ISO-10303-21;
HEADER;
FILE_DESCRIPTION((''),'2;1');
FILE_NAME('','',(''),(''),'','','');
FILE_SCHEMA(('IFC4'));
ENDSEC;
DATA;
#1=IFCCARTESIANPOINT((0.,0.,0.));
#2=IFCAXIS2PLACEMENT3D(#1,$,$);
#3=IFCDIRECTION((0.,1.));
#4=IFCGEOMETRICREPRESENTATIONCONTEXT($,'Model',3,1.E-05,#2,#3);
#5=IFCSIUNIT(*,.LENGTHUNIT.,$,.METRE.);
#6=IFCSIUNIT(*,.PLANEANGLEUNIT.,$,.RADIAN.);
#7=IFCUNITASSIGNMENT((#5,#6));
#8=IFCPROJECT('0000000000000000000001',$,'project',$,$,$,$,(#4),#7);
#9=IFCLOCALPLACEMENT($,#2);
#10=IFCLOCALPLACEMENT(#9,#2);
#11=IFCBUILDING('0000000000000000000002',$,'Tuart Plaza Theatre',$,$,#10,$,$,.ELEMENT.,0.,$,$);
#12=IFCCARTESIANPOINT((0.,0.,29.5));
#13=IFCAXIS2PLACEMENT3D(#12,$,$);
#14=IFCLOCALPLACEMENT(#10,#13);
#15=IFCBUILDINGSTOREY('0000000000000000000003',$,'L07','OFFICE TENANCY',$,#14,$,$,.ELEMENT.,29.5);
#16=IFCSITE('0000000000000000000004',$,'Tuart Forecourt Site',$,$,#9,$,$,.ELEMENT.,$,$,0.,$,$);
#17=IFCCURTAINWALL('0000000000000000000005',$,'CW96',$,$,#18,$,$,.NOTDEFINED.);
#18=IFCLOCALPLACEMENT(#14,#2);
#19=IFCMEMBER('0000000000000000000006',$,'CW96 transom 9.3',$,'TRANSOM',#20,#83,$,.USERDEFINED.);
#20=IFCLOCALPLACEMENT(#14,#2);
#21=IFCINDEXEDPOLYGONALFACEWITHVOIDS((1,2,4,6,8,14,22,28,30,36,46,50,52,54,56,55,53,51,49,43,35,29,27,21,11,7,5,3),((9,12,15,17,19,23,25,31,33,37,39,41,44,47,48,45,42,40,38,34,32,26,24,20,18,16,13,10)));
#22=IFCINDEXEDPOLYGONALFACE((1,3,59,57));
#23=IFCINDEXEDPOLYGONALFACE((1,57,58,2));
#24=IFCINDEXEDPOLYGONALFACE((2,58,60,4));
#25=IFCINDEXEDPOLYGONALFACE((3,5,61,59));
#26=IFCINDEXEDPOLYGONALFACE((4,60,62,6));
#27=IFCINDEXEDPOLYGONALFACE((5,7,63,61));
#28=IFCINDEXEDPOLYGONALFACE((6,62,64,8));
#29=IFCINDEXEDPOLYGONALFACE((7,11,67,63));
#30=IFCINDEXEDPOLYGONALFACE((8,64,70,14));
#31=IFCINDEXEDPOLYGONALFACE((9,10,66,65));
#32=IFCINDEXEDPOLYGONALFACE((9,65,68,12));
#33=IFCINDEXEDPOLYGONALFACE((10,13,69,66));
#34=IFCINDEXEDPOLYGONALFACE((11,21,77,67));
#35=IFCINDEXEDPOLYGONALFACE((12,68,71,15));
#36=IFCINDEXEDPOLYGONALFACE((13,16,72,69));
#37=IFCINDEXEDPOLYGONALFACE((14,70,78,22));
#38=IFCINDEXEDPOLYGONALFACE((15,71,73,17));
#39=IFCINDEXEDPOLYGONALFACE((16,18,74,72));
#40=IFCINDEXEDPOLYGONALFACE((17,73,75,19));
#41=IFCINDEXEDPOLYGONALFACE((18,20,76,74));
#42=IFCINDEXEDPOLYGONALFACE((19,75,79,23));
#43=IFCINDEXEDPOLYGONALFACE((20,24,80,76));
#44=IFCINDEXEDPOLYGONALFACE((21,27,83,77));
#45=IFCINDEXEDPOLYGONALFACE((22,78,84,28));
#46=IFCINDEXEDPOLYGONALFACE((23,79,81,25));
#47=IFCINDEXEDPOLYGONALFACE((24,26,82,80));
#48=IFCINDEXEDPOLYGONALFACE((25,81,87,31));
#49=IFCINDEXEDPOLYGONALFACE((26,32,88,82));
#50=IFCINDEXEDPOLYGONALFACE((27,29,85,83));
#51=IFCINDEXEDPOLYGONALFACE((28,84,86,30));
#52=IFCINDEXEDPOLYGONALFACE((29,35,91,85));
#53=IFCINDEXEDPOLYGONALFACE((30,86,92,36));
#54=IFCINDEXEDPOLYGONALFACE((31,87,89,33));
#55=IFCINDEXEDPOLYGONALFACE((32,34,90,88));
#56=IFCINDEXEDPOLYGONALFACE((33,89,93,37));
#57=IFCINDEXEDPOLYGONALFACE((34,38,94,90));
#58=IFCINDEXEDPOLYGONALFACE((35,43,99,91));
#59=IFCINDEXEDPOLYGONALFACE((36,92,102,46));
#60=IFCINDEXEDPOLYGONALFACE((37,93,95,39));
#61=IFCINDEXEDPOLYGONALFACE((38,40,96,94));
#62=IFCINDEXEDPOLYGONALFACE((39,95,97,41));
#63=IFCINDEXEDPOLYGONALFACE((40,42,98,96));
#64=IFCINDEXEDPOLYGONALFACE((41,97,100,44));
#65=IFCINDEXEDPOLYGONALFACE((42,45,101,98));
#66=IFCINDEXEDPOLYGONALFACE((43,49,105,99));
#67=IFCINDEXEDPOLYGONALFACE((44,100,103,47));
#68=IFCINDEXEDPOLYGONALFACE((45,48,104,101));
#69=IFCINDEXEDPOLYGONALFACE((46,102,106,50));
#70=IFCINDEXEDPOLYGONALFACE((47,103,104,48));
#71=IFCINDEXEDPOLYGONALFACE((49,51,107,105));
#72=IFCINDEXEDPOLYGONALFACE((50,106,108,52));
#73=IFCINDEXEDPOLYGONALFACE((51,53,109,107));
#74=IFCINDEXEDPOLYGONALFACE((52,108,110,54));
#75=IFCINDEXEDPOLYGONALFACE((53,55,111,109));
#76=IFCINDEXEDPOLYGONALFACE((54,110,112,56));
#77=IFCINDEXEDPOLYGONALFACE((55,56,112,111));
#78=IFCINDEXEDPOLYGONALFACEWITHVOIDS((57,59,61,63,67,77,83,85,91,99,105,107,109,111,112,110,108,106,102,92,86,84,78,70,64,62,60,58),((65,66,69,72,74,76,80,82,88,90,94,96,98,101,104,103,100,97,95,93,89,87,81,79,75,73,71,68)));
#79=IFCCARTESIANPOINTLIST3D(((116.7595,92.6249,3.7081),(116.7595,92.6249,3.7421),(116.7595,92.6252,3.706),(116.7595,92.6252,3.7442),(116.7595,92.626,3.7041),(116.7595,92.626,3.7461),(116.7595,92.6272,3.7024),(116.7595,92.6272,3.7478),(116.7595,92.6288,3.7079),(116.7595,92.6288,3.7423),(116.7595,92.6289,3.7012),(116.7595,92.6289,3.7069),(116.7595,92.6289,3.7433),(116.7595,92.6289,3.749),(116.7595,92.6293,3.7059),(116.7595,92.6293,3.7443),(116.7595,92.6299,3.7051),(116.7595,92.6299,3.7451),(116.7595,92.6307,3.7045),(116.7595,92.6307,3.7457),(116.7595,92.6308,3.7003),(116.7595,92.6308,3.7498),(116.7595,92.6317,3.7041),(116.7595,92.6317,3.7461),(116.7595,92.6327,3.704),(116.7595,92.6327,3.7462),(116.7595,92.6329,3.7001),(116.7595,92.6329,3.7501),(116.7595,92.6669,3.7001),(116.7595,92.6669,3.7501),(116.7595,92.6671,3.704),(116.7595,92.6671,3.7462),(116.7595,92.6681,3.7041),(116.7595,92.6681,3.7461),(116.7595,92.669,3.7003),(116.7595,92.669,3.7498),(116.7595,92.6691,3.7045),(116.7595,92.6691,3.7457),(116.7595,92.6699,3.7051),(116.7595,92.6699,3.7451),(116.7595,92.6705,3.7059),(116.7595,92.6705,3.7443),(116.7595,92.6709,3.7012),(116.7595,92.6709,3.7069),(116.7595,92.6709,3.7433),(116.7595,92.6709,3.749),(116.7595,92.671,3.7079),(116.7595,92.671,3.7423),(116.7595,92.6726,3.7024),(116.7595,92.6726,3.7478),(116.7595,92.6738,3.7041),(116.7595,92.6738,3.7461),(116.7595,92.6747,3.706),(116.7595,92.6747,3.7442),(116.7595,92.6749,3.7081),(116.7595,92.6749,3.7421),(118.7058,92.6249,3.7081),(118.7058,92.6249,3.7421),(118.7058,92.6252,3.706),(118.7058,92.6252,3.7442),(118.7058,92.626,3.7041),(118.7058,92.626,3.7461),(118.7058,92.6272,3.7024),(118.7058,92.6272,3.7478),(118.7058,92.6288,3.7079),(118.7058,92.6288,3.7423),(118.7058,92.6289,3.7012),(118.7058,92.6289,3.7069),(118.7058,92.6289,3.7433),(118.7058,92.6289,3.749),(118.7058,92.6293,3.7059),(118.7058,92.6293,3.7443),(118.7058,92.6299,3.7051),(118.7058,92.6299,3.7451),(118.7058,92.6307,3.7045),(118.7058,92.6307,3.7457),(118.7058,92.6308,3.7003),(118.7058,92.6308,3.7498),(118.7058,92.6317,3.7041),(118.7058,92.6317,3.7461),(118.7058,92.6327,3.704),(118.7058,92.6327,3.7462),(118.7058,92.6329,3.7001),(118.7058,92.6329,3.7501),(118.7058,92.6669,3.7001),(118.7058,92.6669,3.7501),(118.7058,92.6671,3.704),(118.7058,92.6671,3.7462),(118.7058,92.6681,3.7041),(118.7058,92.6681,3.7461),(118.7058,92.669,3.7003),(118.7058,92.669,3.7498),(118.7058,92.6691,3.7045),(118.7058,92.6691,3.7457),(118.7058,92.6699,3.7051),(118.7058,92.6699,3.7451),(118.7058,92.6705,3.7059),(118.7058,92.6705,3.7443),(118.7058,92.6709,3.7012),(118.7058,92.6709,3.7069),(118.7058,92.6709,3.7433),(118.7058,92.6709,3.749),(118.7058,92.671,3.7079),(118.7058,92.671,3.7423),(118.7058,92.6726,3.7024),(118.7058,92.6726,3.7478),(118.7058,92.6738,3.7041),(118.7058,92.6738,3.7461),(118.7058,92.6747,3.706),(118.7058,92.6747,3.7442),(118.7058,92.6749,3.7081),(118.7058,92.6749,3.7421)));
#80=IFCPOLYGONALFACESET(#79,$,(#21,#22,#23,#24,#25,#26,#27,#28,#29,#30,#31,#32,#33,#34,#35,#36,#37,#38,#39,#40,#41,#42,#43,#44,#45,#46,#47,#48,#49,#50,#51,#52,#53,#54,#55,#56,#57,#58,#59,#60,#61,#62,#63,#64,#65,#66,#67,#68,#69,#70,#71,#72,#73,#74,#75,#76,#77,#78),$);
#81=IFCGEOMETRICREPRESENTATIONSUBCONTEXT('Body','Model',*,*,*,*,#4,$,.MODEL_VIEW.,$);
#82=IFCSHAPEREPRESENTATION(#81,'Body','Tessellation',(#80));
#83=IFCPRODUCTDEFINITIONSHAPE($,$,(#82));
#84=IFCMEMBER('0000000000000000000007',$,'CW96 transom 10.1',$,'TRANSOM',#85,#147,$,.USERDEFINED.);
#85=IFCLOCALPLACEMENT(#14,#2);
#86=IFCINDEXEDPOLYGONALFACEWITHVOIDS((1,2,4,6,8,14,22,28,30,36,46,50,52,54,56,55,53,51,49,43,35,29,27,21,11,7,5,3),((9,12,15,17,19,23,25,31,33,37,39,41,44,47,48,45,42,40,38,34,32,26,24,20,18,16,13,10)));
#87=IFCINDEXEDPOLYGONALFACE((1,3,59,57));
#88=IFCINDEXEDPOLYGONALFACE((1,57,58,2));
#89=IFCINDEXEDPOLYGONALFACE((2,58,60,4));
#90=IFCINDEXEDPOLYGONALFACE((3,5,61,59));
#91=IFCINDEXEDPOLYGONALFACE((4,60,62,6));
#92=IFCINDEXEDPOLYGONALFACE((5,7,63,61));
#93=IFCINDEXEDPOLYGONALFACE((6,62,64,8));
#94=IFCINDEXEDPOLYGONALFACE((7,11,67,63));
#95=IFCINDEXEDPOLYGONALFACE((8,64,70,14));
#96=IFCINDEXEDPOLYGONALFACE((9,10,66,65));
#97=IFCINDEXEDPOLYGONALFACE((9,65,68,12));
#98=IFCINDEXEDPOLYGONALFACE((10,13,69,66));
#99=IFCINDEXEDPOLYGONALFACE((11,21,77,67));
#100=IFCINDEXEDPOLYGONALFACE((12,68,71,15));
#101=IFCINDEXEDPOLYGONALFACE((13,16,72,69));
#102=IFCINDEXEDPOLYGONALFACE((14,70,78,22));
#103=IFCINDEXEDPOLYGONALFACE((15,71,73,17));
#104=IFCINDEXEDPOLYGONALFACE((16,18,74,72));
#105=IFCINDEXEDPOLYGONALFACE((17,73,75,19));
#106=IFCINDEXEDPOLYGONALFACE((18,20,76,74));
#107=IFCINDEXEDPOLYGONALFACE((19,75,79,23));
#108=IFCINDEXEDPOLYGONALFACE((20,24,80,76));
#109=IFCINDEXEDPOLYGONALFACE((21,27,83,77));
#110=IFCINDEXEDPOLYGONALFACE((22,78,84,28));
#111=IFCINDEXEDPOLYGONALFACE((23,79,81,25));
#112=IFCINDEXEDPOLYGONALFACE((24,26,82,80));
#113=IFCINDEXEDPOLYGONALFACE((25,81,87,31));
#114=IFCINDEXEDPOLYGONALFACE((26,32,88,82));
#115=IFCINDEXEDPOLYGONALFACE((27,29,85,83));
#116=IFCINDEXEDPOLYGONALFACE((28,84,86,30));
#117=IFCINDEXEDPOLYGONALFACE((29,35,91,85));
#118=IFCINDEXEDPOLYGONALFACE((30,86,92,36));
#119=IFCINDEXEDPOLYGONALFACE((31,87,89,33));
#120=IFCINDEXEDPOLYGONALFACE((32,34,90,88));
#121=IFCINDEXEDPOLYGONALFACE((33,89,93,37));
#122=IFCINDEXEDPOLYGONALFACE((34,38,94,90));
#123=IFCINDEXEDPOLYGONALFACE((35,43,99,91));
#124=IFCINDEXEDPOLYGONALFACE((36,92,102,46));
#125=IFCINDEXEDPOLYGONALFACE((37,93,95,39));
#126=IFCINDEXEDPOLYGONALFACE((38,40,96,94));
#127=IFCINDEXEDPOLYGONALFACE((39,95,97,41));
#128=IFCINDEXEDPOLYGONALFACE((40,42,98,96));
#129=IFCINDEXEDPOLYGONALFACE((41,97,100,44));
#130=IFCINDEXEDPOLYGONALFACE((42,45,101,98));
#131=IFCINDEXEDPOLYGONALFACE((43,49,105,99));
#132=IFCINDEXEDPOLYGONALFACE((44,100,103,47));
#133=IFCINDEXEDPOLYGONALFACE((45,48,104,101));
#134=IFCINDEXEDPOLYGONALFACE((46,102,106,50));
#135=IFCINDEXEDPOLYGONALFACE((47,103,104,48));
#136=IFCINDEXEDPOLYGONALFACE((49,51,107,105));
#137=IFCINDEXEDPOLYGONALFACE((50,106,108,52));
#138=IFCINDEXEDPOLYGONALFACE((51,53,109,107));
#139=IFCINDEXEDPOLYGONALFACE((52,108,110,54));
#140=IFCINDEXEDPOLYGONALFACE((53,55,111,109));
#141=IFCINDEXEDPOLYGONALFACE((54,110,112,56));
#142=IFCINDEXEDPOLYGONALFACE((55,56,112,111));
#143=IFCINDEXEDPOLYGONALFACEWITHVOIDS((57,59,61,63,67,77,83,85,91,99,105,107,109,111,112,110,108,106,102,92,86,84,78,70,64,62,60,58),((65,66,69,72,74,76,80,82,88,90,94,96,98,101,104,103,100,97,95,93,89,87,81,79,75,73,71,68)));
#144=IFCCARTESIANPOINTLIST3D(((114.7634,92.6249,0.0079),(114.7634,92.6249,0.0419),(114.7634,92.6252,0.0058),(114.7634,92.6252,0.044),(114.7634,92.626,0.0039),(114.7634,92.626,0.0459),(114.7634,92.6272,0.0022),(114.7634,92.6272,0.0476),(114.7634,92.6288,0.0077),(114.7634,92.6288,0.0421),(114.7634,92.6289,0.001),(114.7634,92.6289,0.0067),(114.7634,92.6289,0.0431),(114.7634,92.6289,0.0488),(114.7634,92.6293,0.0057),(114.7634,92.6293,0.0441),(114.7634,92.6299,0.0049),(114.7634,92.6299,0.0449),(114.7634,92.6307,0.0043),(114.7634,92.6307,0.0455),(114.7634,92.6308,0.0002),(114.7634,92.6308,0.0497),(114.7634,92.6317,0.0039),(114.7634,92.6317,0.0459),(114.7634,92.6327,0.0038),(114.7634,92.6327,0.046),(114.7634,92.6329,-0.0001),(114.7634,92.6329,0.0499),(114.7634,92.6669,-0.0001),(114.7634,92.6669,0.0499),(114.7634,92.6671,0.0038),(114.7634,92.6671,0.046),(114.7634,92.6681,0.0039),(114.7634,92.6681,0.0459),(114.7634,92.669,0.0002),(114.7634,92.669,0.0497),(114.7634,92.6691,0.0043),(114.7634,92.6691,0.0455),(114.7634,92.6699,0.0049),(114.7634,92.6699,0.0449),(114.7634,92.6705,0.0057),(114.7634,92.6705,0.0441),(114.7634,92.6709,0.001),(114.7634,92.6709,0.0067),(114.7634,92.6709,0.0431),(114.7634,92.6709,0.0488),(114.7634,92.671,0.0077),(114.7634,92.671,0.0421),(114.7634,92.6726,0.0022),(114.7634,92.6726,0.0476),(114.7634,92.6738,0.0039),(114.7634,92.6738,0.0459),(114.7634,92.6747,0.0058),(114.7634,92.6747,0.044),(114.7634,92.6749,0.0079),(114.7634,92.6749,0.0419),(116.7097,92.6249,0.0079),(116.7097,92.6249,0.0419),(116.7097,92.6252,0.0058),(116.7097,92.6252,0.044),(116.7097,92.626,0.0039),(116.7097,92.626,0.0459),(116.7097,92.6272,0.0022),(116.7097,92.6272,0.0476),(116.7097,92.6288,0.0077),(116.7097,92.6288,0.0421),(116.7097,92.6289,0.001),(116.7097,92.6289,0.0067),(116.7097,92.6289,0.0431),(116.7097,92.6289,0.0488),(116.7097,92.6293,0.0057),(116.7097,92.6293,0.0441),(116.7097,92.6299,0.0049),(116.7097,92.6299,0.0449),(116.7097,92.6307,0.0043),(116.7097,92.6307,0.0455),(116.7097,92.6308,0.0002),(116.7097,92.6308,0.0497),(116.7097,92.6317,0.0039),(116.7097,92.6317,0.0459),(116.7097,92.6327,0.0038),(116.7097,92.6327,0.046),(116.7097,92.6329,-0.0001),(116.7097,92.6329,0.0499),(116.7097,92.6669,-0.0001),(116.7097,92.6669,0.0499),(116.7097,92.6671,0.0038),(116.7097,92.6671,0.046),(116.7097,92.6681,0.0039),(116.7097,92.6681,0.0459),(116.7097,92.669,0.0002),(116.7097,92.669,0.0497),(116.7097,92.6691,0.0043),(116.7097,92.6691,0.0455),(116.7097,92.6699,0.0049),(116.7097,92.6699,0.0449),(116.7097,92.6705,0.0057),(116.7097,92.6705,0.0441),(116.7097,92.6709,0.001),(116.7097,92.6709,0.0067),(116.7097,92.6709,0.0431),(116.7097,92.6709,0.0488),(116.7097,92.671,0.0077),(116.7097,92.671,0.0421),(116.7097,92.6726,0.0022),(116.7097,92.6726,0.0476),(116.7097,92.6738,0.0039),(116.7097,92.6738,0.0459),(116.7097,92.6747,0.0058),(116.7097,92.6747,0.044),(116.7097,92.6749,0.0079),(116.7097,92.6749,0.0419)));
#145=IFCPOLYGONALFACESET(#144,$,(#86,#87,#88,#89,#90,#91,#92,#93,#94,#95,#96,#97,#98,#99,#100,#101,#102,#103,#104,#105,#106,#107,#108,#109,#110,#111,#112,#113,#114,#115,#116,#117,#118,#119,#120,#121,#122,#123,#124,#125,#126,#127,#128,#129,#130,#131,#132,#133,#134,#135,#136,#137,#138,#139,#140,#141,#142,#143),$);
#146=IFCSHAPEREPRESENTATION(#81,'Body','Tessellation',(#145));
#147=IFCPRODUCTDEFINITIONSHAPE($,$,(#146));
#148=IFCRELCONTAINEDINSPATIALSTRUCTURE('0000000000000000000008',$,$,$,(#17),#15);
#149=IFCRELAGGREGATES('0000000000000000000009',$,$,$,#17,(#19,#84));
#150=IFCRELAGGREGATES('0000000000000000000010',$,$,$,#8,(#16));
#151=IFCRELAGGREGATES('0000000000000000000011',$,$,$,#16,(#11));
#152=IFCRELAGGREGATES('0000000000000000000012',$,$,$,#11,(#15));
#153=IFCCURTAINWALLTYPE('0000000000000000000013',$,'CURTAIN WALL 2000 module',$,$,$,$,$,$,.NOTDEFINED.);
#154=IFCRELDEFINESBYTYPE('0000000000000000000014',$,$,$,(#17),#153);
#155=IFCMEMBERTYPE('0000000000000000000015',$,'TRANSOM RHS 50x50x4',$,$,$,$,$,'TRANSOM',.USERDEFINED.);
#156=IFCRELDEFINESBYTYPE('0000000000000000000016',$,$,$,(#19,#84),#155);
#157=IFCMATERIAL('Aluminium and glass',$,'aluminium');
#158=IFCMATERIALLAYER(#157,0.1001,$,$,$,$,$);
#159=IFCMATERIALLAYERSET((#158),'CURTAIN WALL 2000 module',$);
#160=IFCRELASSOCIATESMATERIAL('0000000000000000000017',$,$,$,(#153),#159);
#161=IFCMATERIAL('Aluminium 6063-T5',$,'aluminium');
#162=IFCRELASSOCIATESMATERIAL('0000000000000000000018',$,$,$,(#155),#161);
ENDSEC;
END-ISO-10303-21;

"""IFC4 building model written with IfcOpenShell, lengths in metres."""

from ifc_helpers import new_model, si_unit, direction, frame, origin, origin_2d, place, context, subcontext, project, spatial, hollow_rectangle, extrude, material, layer, layer_set, material_profile, profile_set, type_object, element, aggregate, save


model = new_model("IFC4")

# Units and contexts
model_context = context("Model", 3, precision=1e-05, world=origin(), true_north=direction((0.0, 1.0)))
body_context = subcontext(model_context, "Body", "Model", "MODEL_VIEW")
ifc_project = project(units=[si_unit("LENGTHUNIT", "METRE"), si_unit("PLANEANGLEUNIT", "RADIAN")], contexts=[model_context])

# Site, building, storey
site_placement = place(None, origin())
site = spatial("IfcSite", under=ifc_project, at=site_placement, Name="Tuart Forecourt Site", CompositionType="ELEMENT", RefElevation=0.0)
building_placement = place(site_placement, origin())
building = spatial("IfcBuilding", under=site, at=building_placement, Name="Tuart Plaza Theatre", CompositionType="ELEMENT", ElevationOfRefHeight=0.0)
storey_placement = place(building_placement, frame((0.0, 0.0, 29.5)))
storey = spatial("IfcBuildingStorey", under=building, at=storey_placement, Name="L07", Description="OFFICE TENANCY", CompositionType="ELEMENT", Elevation=29.5)

# Curtain wall, members
ifc_material_1 = material(Name="Aluminium and glass", Category="aluminium")
ifc_layer_1 = layer(ifc_material_1, 0.1001)
ifc_layer_set_1 = layer_set([ifc_layer_1], Name="CURTAIN WALL 2000 module")
curtain_wall_type = type_object("IfcCurtainWallType", Name="CURTAIN WALL 2000 module", PredefinedType="NOTDEFINED", material=ifc_layer_set_1)
curtain_wall_placement = place(storey_placement, origin())
curtain_wall = element("IfcCurtainWall", 1, at=curtain_wall_placement, inside=storey, type_object=curtain_wall_type, Name="CW96", PredefinedType="NOTDEFINED")
ifc_material_2 = material(Name="Aluminium 6063-T5", Category="aluminium")
ifc_material_profile_1 = material_profile(ifc_material_2, hollow_rectangle(XDim=0.05, YDim=0.05, WallThickness=0.0039, InnerFilletRadius=0.0039, OuterFilletRadius=0.0081, at=origin_2d()), Name="RHS 50x50x4")
ifc_profile_set_1 = profile_set([ifc_material_profile_1], Name="Aluminium 6063-T5")
member_type_1 = type_object("IfcMemberType", Name="TRANSOM RHS 50x50x4", ElementType="TRANSOM", PredefinedType="USERDEFINED", material=ifc_profile_set_1)
member_1_placement = place(storey_placement, frame((118.7058, 92.6499, 3.7251), z_axis=(-1.0, 0.0, 0.0), x_axis=(0.0, -1.0, 0.0)))
member_1 = element("IfcMember", 2, at=member_1_placement, type_object=member_type_1, Name="CW96 transom 9.3", ObjectType="TRANSOM", PredefinedType="USERDEFINED", context=body_context, shape_type="SweptSolid", body=[
    extrude(hollow_rectangle(XDim=0.05, YDim=0.05, WallThickness=0.0039, InnerFilletRadius=0.0039, OuterFilletRadius=0.0081, at=origin_2d()), origin(), (0.0, 0.0, 1.0), 1.9463),
])
member_2_placement = place(storey_placement, frame((116.7097, 92.6499, 0.0249), z_axis=(-1.0, 0.0, 0.0), x_axis=(0.0, -1.0, 0.0)))
member_2 = element("IfcMember", 3, at=member_2_placement, type_object=member_type_1, Name="CW96 transom 10.1", ObjectType="TRANSOM", PredefinedType="USERDEFINED", context=body_context, shape_type="SweptSolid", body=[
    extrude(hollow_rectangle(XDim=0.05, YDim=0.05, WallThickness=0.0039, InnerFilletRadius=0.0039, OuterFilletRadius=0.0081, at=origin_2d()), origin(), (0.0, 0.0, 1.0), 1.9463),
])
aggregate(curtain_wall, [member_1, member_2])

save(model, "model.ifc")
